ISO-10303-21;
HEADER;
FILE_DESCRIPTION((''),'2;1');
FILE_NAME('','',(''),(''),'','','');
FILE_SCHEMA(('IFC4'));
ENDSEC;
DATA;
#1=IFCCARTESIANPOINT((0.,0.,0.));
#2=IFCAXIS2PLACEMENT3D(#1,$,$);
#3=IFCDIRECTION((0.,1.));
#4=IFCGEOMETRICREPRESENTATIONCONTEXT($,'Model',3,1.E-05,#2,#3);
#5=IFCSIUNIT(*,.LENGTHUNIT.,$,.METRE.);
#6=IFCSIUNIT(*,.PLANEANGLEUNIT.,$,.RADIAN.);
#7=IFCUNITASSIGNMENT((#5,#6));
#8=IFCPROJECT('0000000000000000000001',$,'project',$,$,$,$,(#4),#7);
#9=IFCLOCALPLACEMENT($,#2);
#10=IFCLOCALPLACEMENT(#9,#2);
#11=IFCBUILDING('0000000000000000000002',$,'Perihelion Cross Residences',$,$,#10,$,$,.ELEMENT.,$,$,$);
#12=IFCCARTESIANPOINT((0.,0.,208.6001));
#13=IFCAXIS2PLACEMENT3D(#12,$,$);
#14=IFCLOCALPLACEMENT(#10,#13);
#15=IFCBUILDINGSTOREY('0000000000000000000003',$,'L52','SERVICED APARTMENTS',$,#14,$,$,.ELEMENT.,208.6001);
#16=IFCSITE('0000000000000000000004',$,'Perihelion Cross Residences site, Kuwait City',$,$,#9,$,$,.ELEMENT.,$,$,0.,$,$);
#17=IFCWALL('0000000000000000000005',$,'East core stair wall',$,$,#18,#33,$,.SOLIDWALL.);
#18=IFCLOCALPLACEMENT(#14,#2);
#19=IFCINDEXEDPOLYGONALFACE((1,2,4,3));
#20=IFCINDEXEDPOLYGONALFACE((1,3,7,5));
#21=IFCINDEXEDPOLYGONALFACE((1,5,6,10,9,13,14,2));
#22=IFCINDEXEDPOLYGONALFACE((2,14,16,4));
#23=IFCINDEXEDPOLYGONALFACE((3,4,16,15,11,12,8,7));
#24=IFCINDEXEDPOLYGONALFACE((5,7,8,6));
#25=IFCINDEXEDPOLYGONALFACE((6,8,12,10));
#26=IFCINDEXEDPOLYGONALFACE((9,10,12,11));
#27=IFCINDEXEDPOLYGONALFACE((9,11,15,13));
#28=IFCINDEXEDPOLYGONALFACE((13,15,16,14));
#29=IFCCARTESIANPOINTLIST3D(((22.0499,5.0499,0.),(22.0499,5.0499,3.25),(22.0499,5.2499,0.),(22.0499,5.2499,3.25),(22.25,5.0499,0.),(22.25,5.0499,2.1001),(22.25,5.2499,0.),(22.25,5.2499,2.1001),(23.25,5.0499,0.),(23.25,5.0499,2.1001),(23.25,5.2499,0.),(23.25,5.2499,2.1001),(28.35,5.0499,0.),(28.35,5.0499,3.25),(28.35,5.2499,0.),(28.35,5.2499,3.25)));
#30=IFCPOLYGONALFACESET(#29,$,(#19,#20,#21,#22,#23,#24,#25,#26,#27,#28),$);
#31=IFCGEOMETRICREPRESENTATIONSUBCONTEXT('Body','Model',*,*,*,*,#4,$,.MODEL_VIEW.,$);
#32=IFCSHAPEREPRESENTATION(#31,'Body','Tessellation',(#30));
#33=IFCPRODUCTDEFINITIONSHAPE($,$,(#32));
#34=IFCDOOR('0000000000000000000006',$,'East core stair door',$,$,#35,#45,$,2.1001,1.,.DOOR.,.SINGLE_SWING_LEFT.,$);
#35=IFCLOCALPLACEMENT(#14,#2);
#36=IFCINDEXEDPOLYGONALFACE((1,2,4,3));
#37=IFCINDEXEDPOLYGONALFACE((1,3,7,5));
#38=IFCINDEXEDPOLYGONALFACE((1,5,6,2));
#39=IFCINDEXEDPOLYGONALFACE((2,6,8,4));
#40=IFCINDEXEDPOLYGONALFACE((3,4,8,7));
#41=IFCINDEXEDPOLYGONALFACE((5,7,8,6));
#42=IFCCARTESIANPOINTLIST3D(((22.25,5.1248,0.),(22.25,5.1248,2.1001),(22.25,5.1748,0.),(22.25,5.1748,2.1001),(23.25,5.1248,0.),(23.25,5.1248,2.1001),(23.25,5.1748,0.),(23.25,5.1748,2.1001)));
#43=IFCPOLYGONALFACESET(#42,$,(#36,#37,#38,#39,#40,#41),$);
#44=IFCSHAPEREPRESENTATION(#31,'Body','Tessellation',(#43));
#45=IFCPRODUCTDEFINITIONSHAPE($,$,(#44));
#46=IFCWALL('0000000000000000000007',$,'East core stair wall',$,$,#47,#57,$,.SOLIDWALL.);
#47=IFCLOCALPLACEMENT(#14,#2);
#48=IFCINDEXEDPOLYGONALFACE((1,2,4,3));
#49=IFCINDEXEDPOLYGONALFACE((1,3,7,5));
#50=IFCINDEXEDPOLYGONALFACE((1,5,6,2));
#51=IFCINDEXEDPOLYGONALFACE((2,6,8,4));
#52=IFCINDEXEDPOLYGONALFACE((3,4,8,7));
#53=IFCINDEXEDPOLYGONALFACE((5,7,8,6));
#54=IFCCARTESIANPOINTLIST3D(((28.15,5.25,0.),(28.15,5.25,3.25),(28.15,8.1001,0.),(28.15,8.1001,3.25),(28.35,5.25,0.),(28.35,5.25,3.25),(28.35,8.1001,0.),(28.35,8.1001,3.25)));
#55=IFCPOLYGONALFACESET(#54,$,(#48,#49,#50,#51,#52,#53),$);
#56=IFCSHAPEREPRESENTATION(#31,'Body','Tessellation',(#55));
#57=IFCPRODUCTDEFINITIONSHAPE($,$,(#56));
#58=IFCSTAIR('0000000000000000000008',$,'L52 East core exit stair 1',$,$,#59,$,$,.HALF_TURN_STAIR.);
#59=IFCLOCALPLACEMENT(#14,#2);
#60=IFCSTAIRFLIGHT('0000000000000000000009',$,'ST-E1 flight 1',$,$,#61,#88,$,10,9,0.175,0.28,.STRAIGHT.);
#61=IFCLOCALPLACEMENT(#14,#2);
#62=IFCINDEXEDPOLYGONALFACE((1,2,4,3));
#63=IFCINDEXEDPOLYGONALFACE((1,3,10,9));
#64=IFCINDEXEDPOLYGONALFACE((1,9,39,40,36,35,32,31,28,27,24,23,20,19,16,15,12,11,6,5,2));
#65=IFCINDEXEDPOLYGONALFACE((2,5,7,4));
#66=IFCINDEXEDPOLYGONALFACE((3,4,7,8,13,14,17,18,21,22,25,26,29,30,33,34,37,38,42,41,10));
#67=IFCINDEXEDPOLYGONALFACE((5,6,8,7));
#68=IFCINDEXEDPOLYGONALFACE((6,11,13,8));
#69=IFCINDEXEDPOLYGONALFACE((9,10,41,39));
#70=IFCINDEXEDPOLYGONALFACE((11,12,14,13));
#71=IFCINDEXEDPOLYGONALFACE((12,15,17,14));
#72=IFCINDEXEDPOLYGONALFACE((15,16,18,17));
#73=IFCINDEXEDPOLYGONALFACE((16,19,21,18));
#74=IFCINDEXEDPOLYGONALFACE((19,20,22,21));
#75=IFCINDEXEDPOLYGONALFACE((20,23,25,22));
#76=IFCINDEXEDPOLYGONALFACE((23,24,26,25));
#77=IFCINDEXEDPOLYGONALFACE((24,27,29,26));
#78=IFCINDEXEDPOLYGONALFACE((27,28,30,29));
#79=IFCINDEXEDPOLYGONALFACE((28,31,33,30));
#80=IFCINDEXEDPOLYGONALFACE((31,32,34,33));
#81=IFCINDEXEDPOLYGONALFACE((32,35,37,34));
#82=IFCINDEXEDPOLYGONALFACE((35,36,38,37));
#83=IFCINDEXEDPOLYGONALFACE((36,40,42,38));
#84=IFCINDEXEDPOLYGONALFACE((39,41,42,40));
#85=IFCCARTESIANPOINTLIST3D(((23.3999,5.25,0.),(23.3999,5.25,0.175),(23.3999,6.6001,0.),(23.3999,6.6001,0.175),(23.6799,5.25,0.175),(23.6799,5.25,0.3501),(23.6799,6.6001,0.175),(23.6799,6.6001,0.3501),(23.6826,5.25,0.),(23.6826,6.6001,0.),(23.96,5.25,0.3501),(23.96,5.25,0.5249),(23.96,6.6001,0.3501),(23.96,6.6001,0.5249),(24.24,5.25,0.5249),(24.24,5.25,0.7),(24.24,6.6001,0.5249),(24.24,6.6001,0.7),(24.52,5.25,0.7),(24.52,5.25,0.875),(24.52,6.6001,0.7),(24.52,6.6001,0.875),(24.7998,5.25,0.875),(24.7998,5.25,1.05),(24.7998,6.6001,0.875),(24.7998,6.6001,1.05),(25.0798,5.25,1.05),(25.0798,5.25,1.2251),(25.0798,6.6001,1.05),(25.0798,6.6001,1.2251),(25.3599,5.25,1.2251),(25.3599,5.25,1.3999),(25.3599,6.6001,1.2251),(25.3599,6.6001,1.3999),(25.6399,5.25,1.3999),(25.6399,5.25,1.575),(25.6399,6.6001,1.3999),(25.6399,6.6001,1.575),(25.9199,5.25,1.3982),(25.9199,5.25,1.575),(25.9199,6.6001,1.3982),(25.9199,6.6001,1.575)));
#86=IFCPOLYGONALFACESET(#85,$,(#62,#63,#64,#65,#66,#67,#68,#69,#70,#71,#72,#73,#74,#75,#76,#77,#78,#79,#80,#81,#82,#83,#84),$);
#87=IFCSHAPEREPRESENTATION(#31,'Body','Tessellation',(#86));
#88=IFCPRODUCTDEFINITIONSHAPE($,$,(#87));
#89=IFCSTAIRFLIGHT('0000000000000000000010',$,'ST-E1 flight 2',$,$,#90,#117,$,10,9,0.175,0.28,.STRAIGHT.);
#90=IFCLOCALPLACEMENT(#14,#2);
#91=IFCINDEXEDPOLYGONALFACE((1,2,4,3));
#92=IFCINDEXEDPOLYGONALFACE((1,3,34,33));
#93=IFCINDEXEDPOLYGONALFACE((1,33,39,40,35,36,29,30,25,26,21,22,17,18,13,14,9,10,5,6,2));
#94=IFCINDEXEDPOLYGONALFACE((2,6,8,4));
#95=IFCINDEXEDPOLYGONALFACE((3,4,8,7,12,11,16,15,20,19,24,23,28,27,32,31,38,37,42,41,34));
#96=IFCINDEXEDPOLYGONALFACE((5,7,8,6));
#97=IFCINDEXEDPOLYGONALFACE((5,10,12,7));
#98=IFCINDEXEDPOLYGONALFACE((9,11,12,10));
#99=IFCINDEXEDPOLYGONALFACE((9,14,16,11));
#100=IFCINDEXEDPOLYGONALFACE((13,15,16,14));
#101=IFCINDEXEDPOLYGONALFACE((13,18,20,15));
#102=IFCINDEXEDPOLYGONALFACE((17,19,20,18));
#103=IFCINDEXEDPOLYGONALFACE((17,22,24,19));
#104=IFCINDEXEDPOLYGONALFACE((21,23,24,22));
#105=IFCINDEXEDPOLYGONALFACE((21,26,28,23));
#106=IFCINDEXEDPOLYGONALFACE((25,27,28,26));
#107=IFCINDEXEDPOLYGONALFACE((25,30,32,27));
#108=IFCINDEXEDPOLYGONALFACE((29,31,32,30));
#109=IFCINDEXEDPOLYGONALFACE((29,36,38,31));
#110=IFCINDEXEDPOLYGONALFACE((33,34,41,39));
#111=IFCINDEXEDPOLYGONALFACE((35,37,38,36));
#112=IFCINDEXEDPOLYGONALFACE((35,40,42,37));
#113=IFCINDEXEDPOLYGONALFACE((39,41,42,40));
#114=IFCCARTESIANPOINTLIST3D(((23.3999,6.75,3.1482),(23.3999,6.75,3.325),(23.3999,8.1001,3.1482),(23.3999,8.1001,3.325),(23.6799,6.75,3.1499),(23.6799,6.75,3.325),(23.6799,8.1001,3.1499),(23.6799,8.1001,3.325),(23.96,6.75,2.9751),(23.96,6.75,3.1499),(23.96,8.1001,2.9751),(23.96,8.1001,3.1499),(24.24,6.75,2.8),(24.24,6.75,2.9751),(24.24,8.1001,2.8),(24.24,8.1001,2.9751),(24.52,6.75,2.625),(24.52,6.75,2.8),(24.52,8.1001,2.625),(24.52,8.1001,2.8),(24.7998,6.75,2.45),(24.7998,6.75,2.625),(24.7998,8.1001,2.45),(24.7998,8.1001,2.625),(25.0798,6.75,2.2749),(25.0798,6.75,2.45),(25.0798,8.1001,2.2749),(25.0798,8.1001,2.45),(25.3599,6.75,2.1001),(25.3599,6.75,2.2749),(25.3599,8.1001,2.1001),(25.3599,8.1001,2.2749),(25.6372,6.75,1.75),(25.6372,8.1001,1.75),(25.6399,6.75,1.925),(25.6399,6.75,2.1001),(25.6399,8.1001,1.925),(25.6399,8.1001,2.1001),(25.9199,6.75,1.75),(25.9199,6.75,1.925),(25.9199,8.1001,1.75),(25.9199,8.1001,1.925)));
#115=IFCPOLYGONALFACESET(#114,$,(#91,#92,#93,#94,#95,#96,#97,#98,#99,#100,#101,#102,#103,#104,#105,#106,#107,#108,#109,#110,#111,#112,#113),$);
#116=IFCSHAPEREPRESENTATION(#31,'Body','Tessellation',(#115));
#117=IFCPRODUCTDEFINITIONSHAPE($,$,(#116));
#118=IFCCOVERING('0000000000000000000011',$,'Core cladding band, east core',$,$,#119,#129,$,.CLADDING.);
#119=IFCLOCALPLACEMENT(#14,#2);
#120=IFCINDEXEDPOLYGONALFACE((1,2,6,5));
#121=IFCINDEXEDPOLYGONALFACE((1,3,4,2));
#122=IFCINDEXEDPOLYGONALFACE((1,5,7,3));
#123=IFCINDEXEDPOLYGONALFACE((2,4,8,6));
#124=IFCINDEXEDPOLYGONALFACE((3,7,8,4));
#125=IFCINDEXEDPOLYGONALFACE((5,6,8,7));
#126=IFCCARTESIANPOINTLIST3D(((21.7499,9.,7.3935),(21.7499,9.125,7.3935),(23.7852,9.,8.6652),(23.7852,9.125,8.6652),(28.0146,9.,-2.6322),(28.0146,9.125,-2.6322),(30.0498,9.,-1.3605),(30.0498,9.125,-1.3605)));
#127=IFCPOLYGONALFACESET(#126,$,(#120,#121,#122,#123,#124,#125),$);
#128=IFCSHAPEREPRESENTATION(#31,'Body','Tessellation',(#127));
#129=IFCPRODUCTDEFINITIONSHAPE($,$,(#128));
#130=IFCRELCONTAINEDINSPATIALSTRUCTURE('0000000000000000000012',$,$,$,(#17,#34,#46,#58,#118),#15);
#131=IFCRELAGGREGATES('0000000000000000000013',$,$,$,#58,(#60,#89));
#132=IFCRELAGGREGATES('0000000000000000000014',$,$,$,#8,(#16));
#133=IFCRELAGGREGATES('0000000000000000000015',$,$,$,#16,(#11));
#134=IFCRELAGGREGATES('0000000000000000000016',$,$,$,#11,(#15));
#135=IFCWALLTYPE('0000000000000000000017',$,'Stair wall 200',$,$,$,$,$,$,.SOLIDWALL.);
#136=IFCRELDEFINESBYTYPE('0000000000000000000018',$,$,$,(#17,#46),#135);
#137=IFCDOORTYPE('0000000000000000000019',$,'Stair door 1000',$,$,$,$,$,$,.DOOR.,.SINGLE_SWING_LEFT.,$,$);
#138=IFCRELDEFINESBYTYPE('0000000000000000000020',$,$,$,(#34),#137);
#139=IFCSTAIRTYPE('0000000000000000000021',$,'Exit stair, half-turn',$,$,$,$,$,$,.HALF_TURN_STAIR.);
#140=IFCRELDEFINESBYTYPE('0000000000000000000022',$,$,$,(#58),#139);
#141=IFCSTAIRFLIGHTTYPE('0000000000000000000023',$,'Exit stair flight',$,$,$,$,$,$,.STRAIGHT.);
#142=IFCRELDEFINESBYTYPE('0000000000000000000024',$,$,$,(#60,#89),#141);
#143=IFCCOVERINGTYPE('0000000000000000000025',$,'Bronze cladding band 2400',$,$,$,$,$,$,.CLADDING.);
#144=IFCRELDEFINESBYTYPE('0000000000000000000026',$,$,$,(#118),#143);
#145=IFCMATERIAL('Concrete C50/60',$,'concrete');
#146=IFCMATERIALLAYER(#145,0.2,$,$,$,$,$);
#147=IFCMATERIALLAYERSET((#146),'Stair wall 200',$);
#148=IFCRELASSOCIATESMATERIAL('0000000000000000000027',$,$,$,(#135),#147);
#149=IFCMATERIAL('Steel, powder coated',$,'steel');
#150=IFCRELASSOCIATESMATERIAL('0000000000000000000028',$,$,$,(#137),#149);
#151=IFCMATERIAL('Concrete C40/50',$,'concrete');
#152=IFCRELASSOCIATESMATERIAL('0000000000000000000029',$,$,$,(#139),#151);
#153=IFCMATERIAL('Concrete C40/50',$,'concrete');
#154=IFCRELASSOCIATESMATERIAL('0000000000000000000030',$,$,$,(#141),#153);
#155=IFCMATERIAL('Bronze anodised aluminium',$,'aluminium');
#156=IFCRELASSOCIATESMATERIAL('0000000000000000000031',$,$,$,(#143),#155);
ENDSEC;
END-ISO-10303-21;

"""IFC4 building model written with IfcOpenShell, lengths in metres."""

from ifc_helpers import new_model, si_unit, direction, frame, frame_2d, origin, origin_2d, place, context, subcontext, project, spatial, polyline, rectangle, outline, extrude, material, layer, layer_set, material_profile, profile_set, type_object, element, fill, aggregate, save


model = new_model("IFC4")

# Units and contexts
model_context = context("Model", 3, precision=1e-05, world=origin(), true_north=direction((0.0, 1.0)))
body_context = subcontext(model_context, "Body", "Model", "MODEL_VIEW")
ifc_project = project(units=[si_unit("LENGTHUNIT", "METRE"), si_unit("PLANEANGLEUNIT", "RADIAN")], contexts=[model_context])

# Site, building, storey
site_placement = place(None, origin())
site = spatial("IfcSite", under=ifc_project, at=site_placement, Name="Perihelion Cross Residences site, Kuwait City", CompositionType="ELEMENT", RefElevation=0.0)
building_placement = place(site_placement, origin())
building = spatial("IfcBuilding", under=site, at=building_placement, Name="Perihelion Cross Residences", CompositionType="ELEMENT")
storey_placement = place(building_placement, frame((0.0, 0.0, 208.6001)))
storey = spatial("IfcBuildingStorey", under=building, at=storey_placement, Name="L52", Description="SERVICED APARTMENTS", CompositionType="ELEMENT", Elevation=208.6001)

# Wall, opening, door
ifc_material_1 = material(Name="Concrete C50/60", Category="concrete")
ifc_layer_1 = layer(ifc_material_1, 0.2)
ifc_layer_set_1 = layer_set([ifc_layer_1], Name="Stair wall 200")
wall_type_1 = type_object("IfcWallType", Name="Stair wall 200", PredefinedType="SOLIDWALL", material=ifc_layer_set_1)
wall_1_placement = place(storey_placement, frame((22.05, 5.1499, 0.0), z_axis=(0.0, 0.0, 1.0), x_axis=(1.0, 0.0, 0.0)))
wall_1 = element("IfcWall", 1, at=wall_1_placement, inside=storey, type_object=wall_type_1, Name="East core stair wall", PredefinedType="SOLIDWALL", context=body_context, shape_type="SweptSolid", body=[
    extrude(rectangle(XDim=6.3, YDim=0.2, at=frame_2d((3.1499, 0.0))), origin(), (0.0, 0.0, 1.0), 3.25),
])
opening_1_placement = place(wall_1_placement, frame((0.2, 0.0, 0.0)))
opening_1 = element("IfcOpeningElement", 2, at=opening_1_placement, cuts=wall_1, PredefinedType="OPENING", context=body_context, shape_type="SweptSolid", body=[
    extrude(rectangle(XDim=1.0, YDim=2.1001, at=frame_2d((0.5, 1.05))), frame((0.0, 0.1099, 0.0), z_axis=(0.0, -1.0, 0.0), x_axis=(1.0, 0.0, 0.0)), (0.0, 0.0, 1.0), 0.22),
])
ifc_material_2 = material(Name="Steel, powder coated", Category="steel")
door_type_1 = type_object("IfcDoorType", Name="Stair door 1000", OperationType="SINGLE_SWING_LEFT", PredefinedType="DOOR", material=ifc_material_2)
door_1_placement = place(opening_1_placement, origin())
door_1 = element("IfcDoor", 3, at=door_1_placement, inside=storey, type_object=door_type_1, Name="East core stair door", OperationType="SINGLE_SWING_LEFT", OverallHeight=2.1001, OverallWidth=1.0, PredefinedType="DOOR", context=body_context, shape_type="SweptSolid", body=[
    extrude(rectangle(XDim=1.0, YDim=2.1001, at=frame_2d((0.5, 1.05))), frame((0.0, 0.0249, 0.0), z_axis=(0.0, -1.0, 0.0), x_axis=(1.0, 0.0, 0.0)), (0.0, 0.0, 1.0), 0.05),
])
fill(opening_1, door_1)

# Wall
wall_2_placement = place(storey_placement, frame((28.25, 5.25, 0.0), z_axis=(0.0, 0.0, 1.0), x_axis=(0.0, 1.0, 0.0)))
element("IfcWall", 4, at=wall_2_placement, inside=storey, type_object=wall_type_1, Name="East core stair wall", PredefinedType="SOLIDWALL", context=body_context, shape_type="SweptSolid", body=[
    extrude(rectangle(XDim=2.8501, YDim=0.2, at=frame_2d((1.425, 0.0))), origin(), (0.0, 0.0, 1.0), 3.25),
])

# Stair, stair flights
ifc_material_3 = material(Name="Concrete C40/50", Category="concrete")
stair_type = type_object("IfcStairType", Name="Exit stair, half-turn", PredefinedType="HALF_TURN_STAIR", material=ifc_material_3)
stair_placement = place(storey_placement, origin())
stair = element("IfcStair", 5, at=stair_placement, inside=storey, type_object=stair_type, Name="L52 East core exit stair 1", PredefinedType="HALF_TURN_STAIR")
ifc_material_4 = material(Name="Concrete C40/50", Category="concrete")
stair_flight_type = type_object("IfcStairFlightType", Name="Exit stair flight", PredefinedType="STRAIGHT", material=ifc_material_4)
stair_flight_1_placement = place(storey_placement, frame((23.3999, 5.925, 0.0), z_axis=(0.0, 0.0, 1.0), x_axis=(1.0, 0.0, 0.0)))
stair_flight_1 = element("IfcStairFlight", 6, at=stair_flight_1_placement, type_object=stair_flight_type, Name="ST-E1 flight 1", NumberOfRisers=10, NumberOfTreads=9, PredefinedType="STRAIGHT", RiserHeight=0.175, TreadLength=0.28, context=body_context, shape_type="SweptSolid", body=[
    extrude(outline(polyline([(0.0, 0.0), (0.0, 0.175), (0.28, 0.175), (0.28, 0.3501), (0.5601, 0.3501), (0.5601, 0.5249), (0.8401, 0.5249), (0.8401, 0.7), (1.1201, 0.7), (1.1201, 0.875), (1.3999, 0.875), (1.3999, 1.05), (1.6799, 1.05), (1.6799, 1.2251), (1.96, 1.2251), (1.96, 1.3999), (2.24, 1.3999), (2.24, 1.575), (2.52, 1.575), (2.52, 1.75), (2.52, 1.3982), (0.2827, 0.0), (0.0, 0.0)])), frame((0.0, 0.675, 0.0), z_axis=(0.0, -1.0, 0.0), x_axis=(1.0, 0.0, 0.0)), (0.0, 0.0, 1.0), 1.3501),
])
stair_flight_2_placement = place(storey_placement, frame((25.9199, 7.425, 1.75), z_axis=(0.0, 0.0, 1.0), x_axis=(-1.0, 0.0, 0.0)))
stair_flight_2 = element("IfcStairFlight", 7, at=stair_flight_2_placement, type_object=stair_flight_type, Name="ST-E1 flight 2", NumberOfRisers=10, NumberOfTreads=9, PredefinedType="STRAIGHT", RiserHeight=0.175, TreadLength=0.28, context=body_context, shape_type="SweptSolid", body=[
    extrude(outline(polyline([(0.0, 0.0), (0.0, 0.175), (0.28, 0.175), (0.28, 0.3501), (0.5601, 0.3501), (0.5601, 0.5249), (0.8401, 0.5249), (0.8401, 0.7), (1.1201, 0.7), (1.1201, 0.875), (1.3999, 0.875), (1.3999, 1.05), (1.6799, 1.05), (1.6799, 1.2251), (1.96, 1.2251), (1.96, 1.3999), (2.24, 1.3999), (2.24, 1.575), (2.52, 1.575), (2.52, 1.75), (2.52, 1.3982), (0.2827, 0.0), (0.0, 0.0)])), frame((0.0, 0.675, 0.0), z_axis=(0.0, -1.0, 0.0), x_axis=(1.0, 0.0, 0.0)), (0.0, 0.0, 1.0), 1.3501),
])
aggregate(stair, [stair_flight_1, stair_flight_2])

# Covering
ifc_material_5 = material(Name="Bronze anodised aluminium", Category="aluminium")
ifc_material_profile_1 = material_profile(ifc_material_5, rectangle(XDim=0.125, YDim=2.3999, at=origin_2d()), Name="Bronze cladding band 2400")
ifc_profile_set_1 = profile_set([ifc_material_profile_1], Name="Bronze anodised aluminium")
covering_type = type_object("IfcCoveringType", Name="Bronze cladding band 2400", PredefinedType="CLADDING", material=ifc_profile_set_1)
covering_placement = place(storey_placement, frame((29.0322, 9.0625, -1.9963), z_axis=(-0.529915, 0.0, 0.848051), x_axis=(0.0, -1.0, 0.0)))
element("IfcCovering", 8, at=covering_placement, inside=storey, type_object=covering_type, Name="Core cladding band, east core", PredefinedType="CLADDING", context=body_context, shape_type="SweptSolid", body=[
    extrude(rectangle(XDim=0.125, YDim=2.3999, at=origin_2d()), origin(), (0.0, 0.0, 1.0), 11.822),
])

save(model, "model.ifc")
